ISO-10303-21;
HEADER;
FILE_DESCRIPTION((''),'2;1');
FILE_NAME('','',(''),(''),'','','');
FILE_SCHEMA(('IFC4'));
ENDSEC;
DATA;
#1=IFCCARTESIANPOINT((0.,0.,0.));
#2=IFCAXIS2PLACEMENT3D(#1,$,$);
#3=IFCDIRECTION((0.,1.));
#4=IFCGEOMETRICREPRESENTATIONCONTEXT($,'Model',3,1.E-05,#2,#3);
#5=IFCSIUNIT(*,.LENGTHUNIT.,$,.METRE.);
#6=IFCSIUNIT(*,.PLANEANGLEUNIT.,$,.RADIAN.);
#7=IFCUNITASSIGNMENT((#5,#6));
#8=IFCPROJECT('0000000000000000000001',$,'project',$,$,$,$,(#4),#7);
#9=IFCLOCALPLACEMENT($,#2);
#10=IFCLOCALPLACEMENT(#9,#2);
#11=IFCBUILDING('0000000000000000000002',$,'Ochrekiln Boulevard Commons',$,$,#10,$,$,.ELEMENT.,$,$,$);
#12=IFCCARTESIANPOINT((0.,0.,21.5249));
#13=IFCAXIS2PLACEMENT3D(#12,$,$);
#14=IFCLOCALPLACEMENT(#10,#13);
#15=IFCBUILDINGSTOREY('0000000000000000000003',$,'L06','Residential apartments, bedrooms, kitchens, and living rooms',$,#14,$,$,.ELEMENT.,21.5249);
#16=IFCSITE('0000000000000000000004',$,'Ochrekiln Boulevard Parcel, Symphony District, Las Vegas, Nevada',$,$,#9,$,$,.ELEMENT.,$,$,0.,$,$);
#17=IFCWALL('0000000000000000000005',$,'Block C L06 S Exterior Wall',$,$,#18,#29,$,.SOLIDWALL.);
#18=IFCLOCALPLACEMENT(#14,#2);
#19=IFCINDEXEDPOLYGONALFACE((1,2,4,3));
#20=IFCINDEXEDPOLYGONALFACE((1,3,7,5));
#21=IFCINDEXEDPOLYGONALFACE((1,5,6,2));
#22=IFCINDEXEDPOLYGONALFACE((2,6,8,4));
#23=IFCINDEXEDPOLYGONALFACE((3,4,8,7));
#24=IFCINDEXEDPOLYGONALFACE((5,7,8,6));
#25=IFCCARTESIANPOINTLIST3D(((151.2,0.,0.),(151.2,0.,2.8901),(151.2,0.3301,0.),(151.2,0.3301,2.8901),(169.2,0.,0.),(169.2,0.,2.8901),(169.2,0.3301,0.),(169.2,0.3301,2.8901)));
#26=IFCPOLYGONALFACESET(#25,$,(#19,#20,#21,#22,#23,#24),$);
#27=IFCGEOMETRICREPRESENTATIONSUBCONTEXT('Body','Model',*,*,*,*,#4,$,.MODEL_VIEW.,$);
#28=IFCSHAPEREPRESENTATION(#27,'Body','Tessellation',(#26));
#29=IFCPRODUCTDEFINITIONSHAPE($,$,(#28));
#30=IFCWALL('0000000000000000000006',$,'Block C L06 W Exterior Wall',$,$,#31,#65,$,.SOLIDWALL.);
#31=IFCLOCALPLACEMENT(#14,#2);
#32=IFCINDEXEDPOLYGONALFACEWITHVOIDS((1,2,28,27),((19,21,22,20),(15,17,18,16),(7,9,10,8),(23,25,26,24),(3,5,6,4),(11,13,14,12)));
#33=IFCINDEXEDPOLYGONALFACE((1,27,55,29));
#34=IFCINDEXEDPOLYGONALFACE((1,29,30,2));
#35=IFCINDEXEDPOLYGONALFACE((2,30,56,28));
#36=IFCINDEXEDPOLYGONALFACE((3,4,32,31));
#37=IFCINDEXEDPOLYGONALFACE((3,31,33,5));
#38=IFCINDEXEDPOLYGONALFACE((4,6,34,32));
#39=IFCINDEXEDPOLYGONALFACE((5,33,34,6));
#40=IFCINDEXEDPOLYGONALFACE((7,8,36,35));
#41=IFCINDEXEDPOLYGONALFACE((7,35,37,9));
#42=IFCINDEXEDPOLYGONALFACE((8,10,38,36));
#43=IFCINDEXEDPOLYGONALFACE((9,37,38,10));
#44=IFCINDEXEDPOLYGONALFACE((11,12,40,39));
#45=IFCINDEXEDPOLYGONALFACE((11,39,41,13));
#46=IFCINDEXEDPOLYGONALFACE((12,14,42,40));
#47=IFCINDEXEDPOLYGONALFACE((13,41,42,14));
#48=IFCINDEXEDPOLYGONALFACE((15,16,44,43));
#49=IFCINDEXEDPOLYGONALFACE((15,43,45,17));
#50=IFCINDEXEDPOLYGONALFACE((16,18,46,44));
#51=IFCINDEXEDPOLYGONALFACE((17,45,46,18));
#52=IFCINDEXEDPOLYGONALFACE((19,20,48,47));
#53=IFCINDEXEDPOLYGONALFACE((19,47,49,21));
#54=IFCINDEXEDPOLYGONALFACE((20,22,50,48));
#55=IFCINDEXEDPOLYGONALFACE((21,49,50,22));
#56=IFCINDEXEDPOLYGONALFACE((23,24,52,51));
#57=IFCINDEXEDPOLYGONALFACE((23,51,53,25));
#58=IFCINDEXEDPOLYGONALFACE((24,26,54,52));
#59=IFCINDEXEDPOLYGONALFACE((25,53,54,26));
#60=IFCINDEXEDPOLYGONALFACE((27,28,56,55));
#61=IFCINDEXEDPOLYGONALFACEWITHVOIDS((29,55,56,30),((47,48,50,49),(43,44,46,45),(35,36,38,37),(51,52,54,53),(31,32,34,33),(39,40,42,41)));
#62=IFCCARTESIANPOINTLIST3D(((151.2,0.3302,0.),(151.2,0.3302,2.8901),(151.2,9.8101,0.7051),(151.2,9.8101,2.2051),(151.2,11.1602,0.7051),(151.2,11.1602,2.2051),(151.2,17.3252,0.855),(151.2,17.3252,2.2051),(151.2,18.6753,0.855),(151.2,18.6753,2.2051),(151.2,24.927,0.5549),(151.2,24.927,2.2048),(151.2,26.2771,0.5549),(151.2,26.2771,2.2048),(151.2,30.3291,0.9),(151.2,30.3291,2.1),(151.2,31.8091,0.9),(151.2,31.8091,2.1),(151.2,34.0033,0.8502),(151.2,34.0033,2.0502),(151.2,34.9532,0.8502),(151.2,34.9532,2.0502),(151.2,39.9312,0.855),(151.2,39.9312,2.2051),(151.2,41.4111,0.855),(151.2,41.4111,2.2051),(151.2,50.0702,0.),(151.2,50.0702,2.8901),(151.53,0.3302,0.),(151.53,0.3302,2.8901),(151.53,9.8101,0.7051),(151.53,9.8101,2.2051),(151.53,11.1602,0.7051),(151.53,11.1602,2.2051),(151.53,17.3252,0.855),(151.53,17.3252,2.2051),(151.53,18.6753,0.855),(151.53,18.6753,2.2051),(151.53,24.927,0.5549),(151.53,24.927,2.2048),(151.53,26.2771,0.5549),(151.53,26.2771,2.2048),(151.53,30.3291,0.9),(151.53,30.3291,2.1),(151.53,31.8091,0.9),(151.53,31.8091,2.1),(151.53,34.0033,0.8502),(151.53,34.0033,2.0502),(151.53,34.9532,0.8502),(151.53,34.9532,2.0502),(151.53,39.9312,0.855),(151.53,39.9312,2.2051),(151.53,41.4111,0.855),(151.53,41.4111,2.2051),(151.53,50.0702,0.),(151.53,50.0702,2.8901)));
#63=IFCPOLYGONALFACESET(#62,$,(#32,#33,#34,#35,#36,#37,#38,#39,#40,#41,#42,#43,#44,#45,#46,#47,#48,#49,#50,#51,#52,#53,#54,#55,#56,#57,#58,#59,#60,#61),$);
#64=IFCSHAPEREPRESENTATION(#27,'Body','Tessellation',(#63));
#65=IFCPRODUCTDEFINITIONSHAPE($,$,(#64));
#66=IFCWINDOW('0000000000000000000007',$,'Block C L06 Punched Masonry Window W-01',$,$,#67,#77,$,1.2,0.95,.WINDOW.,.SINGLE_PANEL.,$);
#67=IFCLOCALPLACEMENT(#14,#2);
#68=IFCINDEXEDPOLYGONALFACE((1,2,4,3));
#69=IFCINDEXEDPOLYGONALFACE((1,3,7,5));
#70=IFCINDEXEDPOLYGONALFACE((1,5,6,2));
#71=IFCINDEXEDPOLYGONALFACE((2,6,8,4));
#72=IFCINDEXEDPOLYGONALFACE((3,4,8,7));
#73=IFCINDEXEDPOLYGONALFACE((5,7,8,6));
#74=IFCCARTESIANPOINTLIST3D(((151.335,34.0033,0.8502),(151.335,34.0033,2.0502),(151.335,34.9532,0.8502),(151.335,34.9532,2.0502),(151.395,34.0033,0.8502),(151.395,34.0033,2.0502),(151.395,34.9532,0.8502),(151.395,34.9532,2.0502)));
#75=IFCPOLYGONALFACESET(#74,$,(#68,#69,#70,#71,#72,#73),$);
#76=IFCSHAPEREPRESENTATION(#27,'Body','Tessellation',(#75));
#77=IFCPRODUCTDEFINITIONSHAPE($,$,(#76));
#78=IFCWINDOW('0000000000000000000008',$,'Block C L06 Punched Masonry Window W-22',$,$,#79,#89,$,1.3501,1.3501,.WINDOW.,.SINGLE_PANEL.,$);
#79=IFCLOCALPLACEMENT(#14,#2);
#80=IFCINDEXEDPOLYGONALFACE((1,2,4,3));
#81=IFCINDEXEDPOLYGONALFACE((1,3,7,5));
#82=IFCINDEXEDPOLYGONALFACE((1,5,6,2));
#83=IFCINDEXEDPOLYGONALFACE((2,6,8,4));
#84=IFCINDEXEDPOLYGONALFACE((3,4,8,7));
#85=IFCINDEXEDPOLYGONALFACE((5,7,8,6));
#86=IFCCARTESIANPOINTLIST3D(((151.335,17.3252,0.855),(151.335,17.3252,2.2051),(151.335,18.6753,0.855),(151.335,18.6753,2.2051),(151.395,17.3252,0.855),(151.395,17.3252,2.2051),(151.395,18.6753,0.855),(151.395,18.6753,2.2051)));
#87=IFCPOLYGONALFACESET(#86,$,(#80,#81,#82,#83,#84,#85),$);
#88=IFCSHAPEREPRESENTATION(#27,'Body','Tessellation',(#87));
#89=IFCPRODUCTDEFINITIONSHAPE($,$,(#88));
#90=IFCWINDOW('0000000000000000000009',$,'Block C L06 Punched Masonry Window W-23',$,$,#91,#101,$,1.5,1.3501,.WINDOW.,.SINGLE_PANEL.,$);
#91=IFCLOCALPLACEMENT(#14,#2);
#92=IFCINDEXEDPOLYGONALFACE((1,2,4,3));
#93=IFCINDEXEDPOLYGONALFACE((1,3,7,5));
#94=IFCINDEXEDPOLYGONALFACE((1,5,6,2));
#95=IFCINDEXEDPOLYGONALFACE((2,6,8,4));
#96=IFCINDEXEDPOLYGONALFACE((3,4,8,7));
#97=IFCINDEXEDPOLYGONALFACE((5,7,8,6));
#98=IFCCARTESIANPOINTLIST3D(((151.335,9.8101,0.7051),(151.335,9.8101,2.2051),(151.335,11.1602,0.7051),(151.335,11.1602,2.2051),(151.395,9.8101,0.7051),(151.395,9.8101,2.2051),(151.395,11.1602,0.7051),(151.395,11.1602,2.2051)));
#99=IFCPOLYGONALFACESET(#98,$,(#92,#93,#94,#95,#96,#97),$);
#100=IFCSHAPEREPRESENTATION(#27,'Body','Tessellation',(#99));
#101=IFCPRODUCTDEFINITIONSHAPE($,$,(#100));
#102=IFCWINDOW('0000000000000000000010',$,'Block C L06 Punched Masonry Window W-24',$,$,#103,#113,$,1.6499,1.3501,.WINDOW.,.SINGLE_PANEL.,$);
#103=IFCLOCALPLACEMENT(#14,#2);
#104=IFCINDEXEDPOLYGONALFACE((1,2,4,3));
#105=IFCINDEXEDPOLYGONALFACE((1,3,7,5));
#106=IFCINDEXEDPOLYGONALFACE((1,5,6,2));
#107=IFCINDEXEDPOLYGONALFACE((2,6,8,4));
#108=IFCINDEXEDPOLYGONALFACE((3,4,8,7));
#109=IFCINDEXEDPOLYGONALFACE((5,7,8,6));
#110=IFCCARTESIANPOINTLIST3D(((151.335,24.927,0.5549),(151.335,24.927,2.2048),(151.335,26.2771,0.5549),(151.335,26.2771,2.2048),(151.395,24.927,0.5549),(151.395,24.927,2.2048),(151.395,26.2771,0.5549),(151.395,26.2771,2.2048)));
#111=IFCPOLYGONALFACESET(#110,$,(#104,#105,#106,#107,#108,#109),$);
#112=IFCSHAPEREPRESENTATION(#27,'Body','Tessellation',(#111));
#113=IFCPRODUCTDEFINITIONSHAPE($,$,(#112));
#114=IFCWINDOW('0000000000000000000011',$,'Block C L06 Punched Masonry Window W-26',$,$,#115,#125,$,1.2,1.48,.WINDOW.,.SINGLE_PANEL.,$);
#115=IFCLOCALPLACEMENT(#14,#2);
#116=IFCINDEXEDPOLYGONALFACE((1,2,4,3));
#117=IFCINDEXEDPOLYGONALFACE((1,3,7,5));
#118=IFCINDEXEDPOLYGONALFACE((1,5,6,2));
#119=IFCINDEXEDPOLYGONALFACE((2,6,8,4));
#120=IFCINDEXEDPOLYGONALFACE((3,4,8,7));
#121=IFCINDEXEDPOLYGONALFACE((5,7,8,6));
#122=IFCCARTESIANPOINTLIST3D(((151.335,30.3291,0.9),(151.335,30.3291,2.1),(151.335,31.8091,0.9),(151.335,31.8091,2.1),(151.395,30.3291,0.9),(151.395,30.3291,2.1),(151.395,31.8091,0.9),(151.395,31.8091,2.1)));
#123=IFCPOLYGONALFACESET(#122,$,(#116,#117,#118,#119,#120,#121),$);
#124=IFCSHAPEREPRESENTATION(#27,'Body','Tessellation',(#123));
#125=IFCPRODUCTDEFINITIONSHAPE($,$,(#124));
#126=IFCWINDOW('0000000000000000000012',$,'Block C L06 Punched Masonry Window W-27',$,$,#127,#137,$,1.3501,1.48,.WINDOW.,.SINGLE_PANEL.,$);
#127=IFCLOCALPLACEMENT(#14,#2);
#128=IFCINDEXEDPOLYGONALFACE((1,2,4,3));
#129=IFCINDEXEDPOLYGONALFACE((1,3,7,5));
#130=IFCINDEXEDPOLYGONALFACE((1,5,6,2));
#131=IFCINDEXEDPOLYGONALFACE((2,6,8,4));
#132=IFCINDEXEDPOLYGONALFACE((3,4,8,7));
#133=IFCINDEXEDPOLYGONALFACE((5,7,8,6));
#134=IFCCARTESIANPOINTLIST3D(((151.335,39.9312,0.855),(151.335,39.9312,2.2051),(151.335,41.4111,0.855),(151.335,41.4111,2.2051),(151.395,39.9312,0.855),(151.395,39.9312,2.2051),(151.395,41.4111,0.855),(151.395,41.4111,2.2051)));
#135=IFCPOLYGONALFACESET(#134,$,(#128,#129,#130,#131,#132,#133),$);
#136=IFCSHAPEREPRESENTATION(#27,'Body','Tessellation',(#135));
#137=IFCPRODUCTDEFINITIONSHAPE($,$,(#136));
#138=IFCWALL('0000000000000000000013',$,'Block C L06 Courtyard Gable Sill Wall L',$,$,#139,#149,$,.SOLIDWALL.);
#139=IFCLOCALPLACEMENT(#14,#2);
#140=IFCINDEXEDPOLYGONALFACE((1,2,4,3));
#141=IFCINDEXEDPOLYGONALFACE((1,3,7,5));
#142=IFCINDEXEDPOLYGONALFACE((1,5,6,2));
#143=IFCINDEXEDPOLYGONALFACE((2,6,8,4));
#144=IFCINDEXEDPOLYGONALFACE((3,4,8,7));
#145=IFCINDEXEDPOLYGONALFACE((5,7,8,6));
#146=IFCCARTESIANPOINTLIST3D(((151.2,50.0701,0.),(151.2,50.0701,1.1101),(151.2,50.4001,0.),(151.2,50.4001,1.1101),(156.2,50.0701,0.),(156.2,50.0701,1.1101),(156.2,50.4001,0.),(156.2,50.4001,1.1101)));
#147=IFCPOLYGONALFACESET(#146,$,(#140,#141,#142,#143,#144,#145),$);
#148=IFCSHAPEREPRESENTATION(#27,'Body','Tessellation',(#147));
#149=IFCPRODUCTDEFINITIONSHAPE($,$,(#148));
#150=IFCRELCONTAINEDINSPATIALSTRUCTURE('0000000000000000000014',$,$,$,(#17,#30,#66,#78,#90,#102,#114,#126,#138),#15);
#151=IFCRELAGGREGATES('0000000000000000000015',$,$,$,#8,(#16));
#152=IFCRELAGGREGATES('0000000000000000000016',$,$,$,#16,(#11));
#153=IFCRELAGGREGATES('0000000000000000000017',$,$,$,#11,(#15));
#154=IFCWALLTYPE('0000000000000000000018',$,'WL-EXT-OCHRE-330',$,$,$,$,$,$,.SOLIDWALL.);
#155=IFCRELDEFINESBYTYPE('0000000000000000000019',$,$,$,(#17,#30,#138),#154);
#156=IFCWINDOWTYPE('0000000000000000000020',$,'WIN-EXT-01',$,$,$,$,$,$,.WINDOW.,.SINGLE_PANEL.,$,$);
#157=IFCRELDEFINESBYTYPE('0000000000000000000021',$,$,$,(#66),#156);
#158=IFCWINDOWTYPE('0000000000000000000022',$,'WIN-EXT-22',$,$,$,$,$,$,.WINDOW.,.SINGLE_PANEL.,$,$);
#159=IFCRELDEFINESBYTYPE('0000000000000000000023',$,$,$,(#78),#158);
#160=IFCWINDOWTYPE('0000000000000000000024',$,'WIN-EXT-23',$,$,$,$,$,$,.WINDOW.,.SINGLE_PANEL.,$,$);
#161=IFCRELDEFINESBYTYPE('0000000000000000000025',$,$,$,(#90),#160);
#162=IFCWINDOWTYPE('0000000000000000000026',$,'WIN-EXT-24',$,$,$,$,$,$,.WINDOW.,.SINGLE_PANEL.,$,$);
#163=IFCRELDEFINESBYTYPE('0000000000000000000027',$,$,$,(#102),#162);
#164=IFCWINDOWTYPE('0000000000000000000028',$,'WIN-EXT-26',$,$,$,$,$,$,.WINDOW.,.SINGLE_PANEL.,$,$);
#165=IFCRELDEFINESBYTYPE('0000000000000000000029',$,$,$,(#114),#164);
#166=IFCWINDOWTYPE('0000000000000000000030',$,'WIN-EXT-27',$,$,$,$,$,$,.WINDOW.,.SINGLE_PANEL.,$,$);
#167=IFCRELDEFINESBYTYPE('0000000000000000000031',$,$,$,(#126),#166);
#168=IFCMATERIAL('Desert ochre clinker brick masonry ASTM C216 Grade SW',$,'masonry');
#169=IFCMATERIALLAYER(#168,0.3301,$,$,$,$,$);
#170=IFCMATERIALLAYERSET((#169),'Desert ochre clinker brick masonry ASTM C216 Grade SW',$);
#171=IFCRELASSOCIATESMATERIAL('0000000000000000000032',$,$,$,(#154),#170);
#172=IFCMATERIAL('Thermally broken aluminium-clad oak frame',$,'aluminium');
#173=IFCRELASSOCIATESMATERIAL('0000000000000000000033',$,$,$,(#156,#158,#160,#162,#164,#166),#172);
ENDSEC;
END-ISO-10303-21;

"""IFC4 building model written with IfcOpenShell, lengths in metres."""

from ifc_helpers import new_model, si_unit, direction, frame, frame_2d, origin, place, context, subcontext, project, spatial, rectangle, extrude, material, layer, layer_set, type_object, element, fill, save


model = new_model("IFC4")

# Units and contexts
model_context = context("Model", 3, precision=1e-05, world=origin(), true_north=direction((0.0, 1.0)))
body_context = subcontext(model_context, "Body", "Model", "MODEL_VIEW")
ifc_project = project(units=[si_unit("LENGTHUNIT", "METRE"), si_unit("PLANEANGLEUNIT", "RADIAN")], contexts=[model_context])

# Site, building, storey
site_placement = place(None, origin())
site = spatial("IfcSite", under=ifc_project, at=site_placement, Name="Ochrekiln Boulevard Parcel, Symphony District, Las Vegas, Nevada", CompositionType="ELEMENT", RefElevation=0.0)
building_placement = place(site_placement, origin())
building = spatial("IfcBuilding", under=site, at=building_placement, Name="Ochrekiln Boulevard Commons", CompositionType="ELEMENT")
storey_placement = place(building_placement, frame((0.0, 0.0, 21.5249)))
storey = spatial("IfcBuildingStorey", under=building, at=storey_placement, Name="L06", Description="Residential apartments, bedrooms, kitchens, and living rooms", CompositionType="ELEMENT", Elevation=21.5249)

# Wall
ifc_material_1 = material(Name="Desert ochre clinker brick masonry ASTM C216 Grade SW", Category="masonry")
ifc_layer_1 = layer(ifc_material_1, 0.3301)
ifc_layer_set_1 = layer_set([ifc_layer_1], Name="Desert ochre clinker brick masonry ASTM C216 Grade SW")
wall_type_1 = type_object("IfcWallType", Name="WL-EXT-OCHRE-330", PredefinedType="SOLIDWALL", material=ifc_layer_set_1)
wall_1_placement = place(storey_placement, frame((151.2, 0.165, 0.0), z_axis=(0.0, 0.0, 1.0), x_axis=(1.0, 0.0, 0.0)))
element("IfcWall", 1, at=wall_1_placement, inside=storey, type_object=wall_type_1, Name="Block C L06 S Exterior Wall", PredefinedType="SOLIDWALL", context=body_context, shape_type="SweptSolid", body=[
    extrude(rectangle(XDim=18.0, YDim=0.3301, at=frame_2d((9.0, 0.0))), origin(), (0.0, 0.0, 1.0), 2.8901),
])

# Wall, openings, windows
wall_2_placement = place(storey_placement, frame((151.365, 0.3301, 0.0), z_axis=(0.0, 0.0, 1.0), x_axis=(0.0, 1.0, 0.0)))
wall_2 = element("IfcWall", 2, at=wall_2_placement, inside=storey, type_object=wall_type_1, Name="Block C L06 W Exterior Wall", PredefinedType="SOLIDWALL", context=body_context, shape_type="SweptSolid", body=[
    extrude(rectangle(XDim=49.74, YDim=0.3301, at=frame_2d((24.8701, 0.0))), origin(), (0.0, 0.0, 1.0), 2.8901),
])
opening_1_placement = place(wall_2_placement, frame((16.9951, 0.0, 0.855)))
opening_1 = element("IfcOpeningElement", 3, at=opening_1_placement, cuts=wall_2, PredefinedType="OPENING", context=body_context, shape_type="SweptSolid", body=[
    extrude(rectangle(XDim=1.3501, YDim=1.3501, at=frame_2d((0.675, 0.675))), frame((0.0, 0.175, 0.0), z_axis=(0.0, -1.0, 0.0), x_axis=(1.0, 0.0, 0.0)), (0.0, 0.0, 1.0), 0.3501),
])
opening_2_placement = place(wall_2_placement, frame((9.48, 0.0, 0.7051)))
opening_2 = element("IfcOpeningElement", 4, at=opening_2_placement, cuts=wall_2, PredefinedType="OPENING", context=body_context, shape_type="SweptSolid", body=[
    extrude(rectangle(XDim=1.3501, YDim=1.5, at=frame_2d((0.675, 0.75))), frame((0.0, 0.175, 0.0), z_axis=(0.0, -1.0, 0.0), x_axis=(1.0, 0.0, 0.0)), (0.0, 0.0, 1.0), 0.3501),
])
opening_3_placement = place(wall_2_placement, frame((24.5969, 0.0, 0.5549)))
opening_3 = element("IfcOpeningElement", 5, at=opening_3_placement, cuts=wall_2, PredefinedType="OPENING", context=body_context, shape_type="SweptSolid", body=[
    extrude(rectangle(XDim=1.3501, YDim=1.6499, at=frame_2d((0.675, 0.825))), frame((0.0, 0.175, 0.0), z_axis=(0.0, -1.0, 0.0), x_axis=(1.0, 0.0, 0.0)), (0.0, 0.0, 1.0), 0.3501),
])
opening_4_placement = place(wall_2_placement, frame((33.6731, 0.0, 0.8501)))
opening_4 = element("IfcOpeningElement", 6, at=opening_4_placement, cuts=wall_2, PredefinedType="OPENING", context=body_context, shape_type="SweptSolid", body=[
    extrude(rectangle(XDim=0.95, YDim=1.2, at=frame_2d((0.4751, 0.6001))), frame((0.0, 0.175, 0.0), z_axis=(0.0, -1.0, 0.0), x_axis=(1.0, 0.0, 0.0)), (0.0, 0.0, 1.0), 0.3501),
])
opening_5_placement = place(wall_2_placement, frame((29.999, 0.0, 0.8999)))
opening_5 = element("IfcOpeningElement", 7, at=opening_5_placement, cuts=wall_2, PredefinedType="OPENING", context=body_context, shape_type="SweptSolid", body=[
    extrude(rectangle(XDim=1.48, YDim=1.2, at=frame_2d((0.74, 0.6001))), frame((0.0, 0.175, 0.0), z_axis=(0.0, -1.0, 0.0), x_axis=(1.0, 0.0, 0.0)), (0.0, 0.0, 1.0), 0.3501),
])
opening_6_placement = place(wall_2_placement, frame((39.6011, 0.0, 0.855)))
opening_6 = element("IfcOpeningElement", 8, at=opening_6_placement, cuts=wall_2, PredefinedType="OPENING", context=body_context, shape_type="SweptSolid", body=[
    extrude(rectangle(XDim=1.48, YDim=1.3501, at=frame_2d((0.74, 0.675))), frame((0.0, 0.175, 0.0), z_axis=(0.0, -1.0, 0.0), x_axis=(1.0, 0.0, 0.0)), (0.0, 0.0, 1.0), 0.3501),
])
ifc_material_2 = material(Name="Thermally broken aluminium-clad oak frame", Category="aluminium")
window_type_1 = type_object("IfcWindowType", Name="WIN-EXT-01", PartitioningType="SINGLE_PANEL", PredefinedType="WINDOW", material=ifc_material_2)
window_1_placement = place(opening_4_placement, origin())
window_1 = element("IfcWindow", 9, at=window_1_placement, inside=storey, type_object=window_type_1, Name="Block C L06 Punched Masonry Window W-01", OverallHeight=1.2, OverallWidth=0.95, PartitioningType="SINGLE_PANEL", PredefinedType="WINDOW", context=body_context, shape_type="SweptSolid", body=[
    extrude(rectangle(XDim=0.95, YDim=1.2, at=frame_2d((0.4751, 0.6001))), frame((0.0, 0.03, 0.0), z_axis=(0.0, -1.0, 0.0), x_axis=(1.0, 0.0, 0.0)), (0.0, 0.0, 1.0), 0.0601),
])
fill(opening_4, window_1)
window_type_2 = type_object("IfcWindowType", Name="WIN-EXT-22", PartitioningType="SINGLE_PANEL", PredefinedType="WINDOW", material=ifc_material_2)
window_2_placement = place(opening_1_placement, origin())
window_2 = element("IfcWindow", 10, at=window_2_placement, inside=storey, type_object=window_type_2, Name="Block C L06 Punched Masonry Window W-22", OverallHeight=1.3501, OverallWidth=1.3501, PartitioningType="SINGLE_PANEL", PredefinedType="WINDOW", context=body_context, shape_type="SweptSolid", body=[
    extrude(rectangle(XDim=1.3501, YDim=1.3501, at=frame_2d((0.675, 0.675))), frame((0.0, 0.03, 0.0), z_axis=(0.0, -1.0, 0.0), x_axis=(1.0, 0.0, 0.0)), (0.0, 0.0, 1.0), 0.0601),
])
fill(opening_1, window_2)
window_type_3 = type_object("IfcWindowType", Name="WIN-EXT-23", PartitioningType="SINGLE_PANEL", PredefinedType="WINDOW", material=ifc_material_2)
window_3_placement = place(opening_2_placement, origin())
window_3 = element("IfcWindow", 11, at=window_3_placement, inside=storey, type_object=window_type_3, Name="Block C L06 Punched Masonry Window W-23", OverallHeight=1.5, OverallWidth=1.3501, PartitioningType="SINGLE_PANEL", PredefinedType="WINDOW", context=body_context, shape_type="SweptSolid", body=[
    extrude(rectangle(XDim=1.3501, YDim=1.5, at=frame_2d((0.675, 0.75))), frame((0.0, 0.03, 0.0), z_axis=(0.0, -1.0, 0.0), x_axis=(1.0, 0.0, 0.0)), (0.0, 0.0, 1.0), 0.0601),
])
fill(opening_2, window_3)
window_type_4 = type_object("IfcWindowType", Name="WIN-EXT-24", PartitioningType="SINGLE_PANEL", PredefinedType="WINDOW", material=ifc_material_2)
window_4_placement = place(opening_3_placement, origin())
window_4 = element("IfcWindow", 12, at=window_4_placement, inside=storey, type_object=window_type_4, Name="Block C L06 Punched Masonry Window W-24", OverallHeight=1.6499, OverallWidth=1.3501, PartitioningType="SINGLE_PANEL", PredefinedType="WINDOW", context=body_context, shape_type="SweptSolid", body=[
    extrude(rectangle(XDim=1.3501, YDim=1.6499, at=frame_2d((0.675, 0.825))), frame((0.0, 0.03, 0.0), z_axis=(0.0, -1.0, 0.0), x_axis=(1.0, 0.0, 0.0)), (0.0, 0.0, 1.0), 0.0601),
])
fill(opening_3, window_4)
window_type_5 = type_object("IfcWindowType", Name="WIN-EXT-26", PartitioningType="SINGLE_PANEL", PredefinedType="WINDOW", material=ifc_material_2)
window_5_placement = place(opening_5_placement, origin())
window_5 = element("IfcWindow", 13, at=window_5_placement, inside=storey, type_object=window_type_5, Name="Block C L06 Punched Masonry Window W-26", OverallHeight=1.2, OverallWidth=1.48, PartitioningType="SINGLE_PANEL", PredefinedType="WINDOW", context=body_context, shape_type="SweptSolid", body=[
    extrude(rectangle(XDim=1.48, YDim=1.2, at=frame_2d((0.74, 0.6001))), frame((0.0, 0.03, 0.0), z_axis=(0.0, -1.0, 0.0), x_axis=(1.0, 0.0, 0.0)), (0.0, 0.0, 1.0), 0.0601),
])
fill(opening_5, window_5)
window_type_6 = type_object("IfcWindowType", Name="WIN-EXT-27", PartitioningType="SINGLE_PANEL", PredefinedType="WINDOW", material=ifc_material_2)
window_6_placement = place(opening_6_placement, origin())
window_6 = element("IfcWindow", 14, at=window_6_placement, inside=storey, type_object=window_type_6, Name="Block C L06 Punched Masonry Window W-27", OverallHeight=1.3501, OverallWidth=1.48, PartitioningType="SINGLE_PANEL", PredefinedType="WINDOW", context=body_context, shape_type="SweptSolid", body=[
    extrude(rectangle(XDim=1.48, YDim=1.3501, at=frame_2d((0.74, 0.675))), frame((0.0, 0.03, 0.0), z_axis=(0.0, -1.0, 0.0), x_axis=(1.0, 0.0, 0.0)), (0.0, 0.0, 1.0), 0.0601),
])
fill(opening_6, window_6)

# Wall
wall_3_placement = place(storey_placement, frame((151.2, 50.2351, 0.0), z_axis=(0.0, 0.0, 1.0), x_axis=(1.0, 0.0, 0.0)))
element("IfcWall", 15, at=wall_3_placement, inside=storey, type_object=wall_type_1, Name="Block C L06 Courtyard Gable Sill Wall L", PredefinedType="SOLIDWALL", context=body_context, shape_type="SweptSolid", body=[
    extrude(rectangle(XDim=5.0, YDim=0.3301, at=frame_2d((2.5, 0.0))), origin(), (0.0, 0.0, 1.0), 1.1101),
])

save(model, "model.ifc")
